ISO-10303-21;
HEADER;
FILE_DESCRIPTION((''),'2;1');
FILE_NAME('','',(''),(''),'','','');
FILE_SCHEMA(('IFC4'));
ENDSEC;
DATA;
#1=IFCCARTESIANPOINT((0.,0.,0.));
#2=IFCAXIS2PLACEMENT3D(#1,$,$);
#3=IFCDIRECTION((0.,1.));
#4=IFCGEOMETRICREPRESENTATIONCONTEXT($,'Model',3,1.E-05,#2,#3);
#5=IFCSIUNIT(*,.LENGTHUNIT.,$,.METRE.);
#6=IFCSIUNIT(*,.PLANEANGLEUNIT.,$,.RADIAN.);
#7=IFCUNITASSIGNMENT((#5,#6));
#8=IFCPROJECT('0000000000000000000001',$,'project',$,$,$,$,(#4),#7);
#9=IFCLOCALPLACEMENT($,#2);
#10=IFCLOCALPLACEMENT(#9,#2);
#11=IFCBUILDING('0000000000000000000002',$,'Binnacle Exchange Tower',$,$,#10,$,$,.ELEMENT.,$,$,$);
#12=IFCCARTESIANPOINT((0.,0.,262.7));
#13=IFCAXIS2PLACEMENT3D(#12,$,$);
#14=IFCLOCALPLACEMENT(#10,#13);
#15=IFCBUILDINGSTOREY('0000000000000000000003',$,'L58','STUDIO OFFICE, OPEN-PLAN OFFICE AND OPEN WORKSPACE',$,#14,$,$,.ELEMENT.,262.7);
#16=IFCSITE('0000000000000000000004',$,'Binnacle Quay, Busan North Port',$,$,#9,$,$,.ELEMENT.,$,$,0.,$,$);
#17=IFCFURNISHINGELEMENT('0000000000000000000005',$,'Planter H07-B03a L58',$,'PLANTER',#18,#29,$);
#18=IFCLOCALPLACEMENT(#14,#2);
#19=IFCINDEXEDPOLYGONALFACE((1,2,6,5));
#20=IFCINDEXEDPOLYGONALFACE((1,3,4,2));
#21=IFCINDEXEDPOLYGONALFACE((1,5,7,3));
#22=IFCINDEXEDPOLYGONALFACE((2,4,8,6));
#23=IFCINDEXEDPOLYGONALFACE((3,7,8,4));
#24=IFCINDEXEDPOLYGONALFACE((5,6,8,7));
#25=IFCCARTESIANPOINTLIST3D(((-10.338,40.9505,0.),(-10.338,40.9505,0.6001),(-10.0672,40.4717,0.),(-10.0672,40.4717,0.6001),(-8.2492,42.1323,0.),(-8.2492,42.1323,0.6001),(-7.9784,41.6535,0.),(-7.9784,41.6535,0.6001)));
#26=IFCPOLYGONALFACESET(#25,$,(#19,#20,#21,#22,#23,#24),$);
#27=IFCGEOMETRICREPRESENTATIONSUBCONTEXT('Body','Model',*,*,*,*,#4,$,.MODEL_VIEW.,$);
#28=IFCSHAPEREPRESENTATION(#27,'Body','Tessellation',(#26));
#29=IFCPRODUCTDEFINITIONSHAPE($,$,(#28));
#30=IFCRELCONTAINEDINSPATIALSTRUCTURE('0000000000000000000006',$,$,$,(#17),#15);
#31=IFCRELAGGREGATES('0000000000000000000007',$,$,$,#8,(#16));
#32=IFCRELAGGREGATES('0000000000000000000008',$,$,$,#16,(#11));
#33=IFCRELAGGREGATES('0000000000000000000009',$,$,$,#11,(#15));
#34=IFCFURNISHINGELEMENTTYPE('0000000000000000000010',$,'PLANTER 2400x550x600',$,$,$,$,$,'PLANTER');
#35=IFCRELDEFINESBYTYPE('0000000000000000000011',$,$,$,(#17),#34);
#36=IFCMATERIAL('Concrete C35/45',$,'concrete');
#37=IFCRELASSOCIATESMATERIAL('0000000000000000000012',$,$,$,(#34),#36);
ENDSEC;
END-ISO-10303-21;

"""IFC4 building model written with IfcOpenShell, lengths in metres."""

from ifc_helpers import new_model, si_unit, direction, frame, origin, origin_2d, place, context, subcontext, project, spatial, rectangle, extrude, material, type_object, element, save


model = new_model("IFC4")

# Units and contexts
model_context = context("Model", 3, precision=1e-05, world=origin(), true_north=direction((0.0, 1.0)))
body_context = subcontext(model_context, "Body", "Model", "MODEL_VIEW")
ifc_project = project(units=[si_unit("LENGTHUNIT", "METRE"), si_unit("PLANEANGLEUNIT", "RADIAN")], contexts=[model_context])

# Site, building, storey
site_placement = place(None, origin())
site = spatial("IfcSite", under=ifc_project, at=site_placement, Name="Binnacle Quay, Busan North Port", CompositionType="ELEMENT", RefElevation=0.0)
building_placement = place(site_placement, origin())
building = spatial("IfcBuilding", under=site, at=building_placement, Name="Binnacle Exchange Tower", CompositionType="ELEMENT")
storey_placement = place(building_placement, frame((0.0, 0.0, 262.7)))
storey = spatial("IfcBuildingStorey", under=building, at=storey_placement, Name="L58", Description="STUDIO OFFICE, OPEN-PLAN OFFICE AND OPEN WORKSPACE", CompositionType="ELEMENT", Elevation=262.7)

# Furnishing element
ifc_material_1 = material(Name="Concrete C35/45", Category="concrete")
furnishing_element_type = type_object("IfcFurnishingElementType", Name="PLANTER 2400x550x600", ElementType="PLANTER", material=ifc_material_1)
furnishing_placement = place(storey_placement, frame((-9.1582, 41.302, 0.0), z_axis=(0.0, 0.0, 1.0), x_axis=(0.870356, 0.492424, 0.0)))
element("IfcFurnishingElement", 1, at=furnishing_placement, inside=storey, type_object=furnishing_element_type, Name="Planter H07-B03a L58", ObjectType="PLANTER", context=body_context, shape_type="SweptSolid", body=[
    extrude(rectangle(XDim=2.3999, YDim=0.55, at=origin_2d()), origin(), (0.0, 0.0, 1.0), 0.6001),
])

save(model, "model.ifc")
